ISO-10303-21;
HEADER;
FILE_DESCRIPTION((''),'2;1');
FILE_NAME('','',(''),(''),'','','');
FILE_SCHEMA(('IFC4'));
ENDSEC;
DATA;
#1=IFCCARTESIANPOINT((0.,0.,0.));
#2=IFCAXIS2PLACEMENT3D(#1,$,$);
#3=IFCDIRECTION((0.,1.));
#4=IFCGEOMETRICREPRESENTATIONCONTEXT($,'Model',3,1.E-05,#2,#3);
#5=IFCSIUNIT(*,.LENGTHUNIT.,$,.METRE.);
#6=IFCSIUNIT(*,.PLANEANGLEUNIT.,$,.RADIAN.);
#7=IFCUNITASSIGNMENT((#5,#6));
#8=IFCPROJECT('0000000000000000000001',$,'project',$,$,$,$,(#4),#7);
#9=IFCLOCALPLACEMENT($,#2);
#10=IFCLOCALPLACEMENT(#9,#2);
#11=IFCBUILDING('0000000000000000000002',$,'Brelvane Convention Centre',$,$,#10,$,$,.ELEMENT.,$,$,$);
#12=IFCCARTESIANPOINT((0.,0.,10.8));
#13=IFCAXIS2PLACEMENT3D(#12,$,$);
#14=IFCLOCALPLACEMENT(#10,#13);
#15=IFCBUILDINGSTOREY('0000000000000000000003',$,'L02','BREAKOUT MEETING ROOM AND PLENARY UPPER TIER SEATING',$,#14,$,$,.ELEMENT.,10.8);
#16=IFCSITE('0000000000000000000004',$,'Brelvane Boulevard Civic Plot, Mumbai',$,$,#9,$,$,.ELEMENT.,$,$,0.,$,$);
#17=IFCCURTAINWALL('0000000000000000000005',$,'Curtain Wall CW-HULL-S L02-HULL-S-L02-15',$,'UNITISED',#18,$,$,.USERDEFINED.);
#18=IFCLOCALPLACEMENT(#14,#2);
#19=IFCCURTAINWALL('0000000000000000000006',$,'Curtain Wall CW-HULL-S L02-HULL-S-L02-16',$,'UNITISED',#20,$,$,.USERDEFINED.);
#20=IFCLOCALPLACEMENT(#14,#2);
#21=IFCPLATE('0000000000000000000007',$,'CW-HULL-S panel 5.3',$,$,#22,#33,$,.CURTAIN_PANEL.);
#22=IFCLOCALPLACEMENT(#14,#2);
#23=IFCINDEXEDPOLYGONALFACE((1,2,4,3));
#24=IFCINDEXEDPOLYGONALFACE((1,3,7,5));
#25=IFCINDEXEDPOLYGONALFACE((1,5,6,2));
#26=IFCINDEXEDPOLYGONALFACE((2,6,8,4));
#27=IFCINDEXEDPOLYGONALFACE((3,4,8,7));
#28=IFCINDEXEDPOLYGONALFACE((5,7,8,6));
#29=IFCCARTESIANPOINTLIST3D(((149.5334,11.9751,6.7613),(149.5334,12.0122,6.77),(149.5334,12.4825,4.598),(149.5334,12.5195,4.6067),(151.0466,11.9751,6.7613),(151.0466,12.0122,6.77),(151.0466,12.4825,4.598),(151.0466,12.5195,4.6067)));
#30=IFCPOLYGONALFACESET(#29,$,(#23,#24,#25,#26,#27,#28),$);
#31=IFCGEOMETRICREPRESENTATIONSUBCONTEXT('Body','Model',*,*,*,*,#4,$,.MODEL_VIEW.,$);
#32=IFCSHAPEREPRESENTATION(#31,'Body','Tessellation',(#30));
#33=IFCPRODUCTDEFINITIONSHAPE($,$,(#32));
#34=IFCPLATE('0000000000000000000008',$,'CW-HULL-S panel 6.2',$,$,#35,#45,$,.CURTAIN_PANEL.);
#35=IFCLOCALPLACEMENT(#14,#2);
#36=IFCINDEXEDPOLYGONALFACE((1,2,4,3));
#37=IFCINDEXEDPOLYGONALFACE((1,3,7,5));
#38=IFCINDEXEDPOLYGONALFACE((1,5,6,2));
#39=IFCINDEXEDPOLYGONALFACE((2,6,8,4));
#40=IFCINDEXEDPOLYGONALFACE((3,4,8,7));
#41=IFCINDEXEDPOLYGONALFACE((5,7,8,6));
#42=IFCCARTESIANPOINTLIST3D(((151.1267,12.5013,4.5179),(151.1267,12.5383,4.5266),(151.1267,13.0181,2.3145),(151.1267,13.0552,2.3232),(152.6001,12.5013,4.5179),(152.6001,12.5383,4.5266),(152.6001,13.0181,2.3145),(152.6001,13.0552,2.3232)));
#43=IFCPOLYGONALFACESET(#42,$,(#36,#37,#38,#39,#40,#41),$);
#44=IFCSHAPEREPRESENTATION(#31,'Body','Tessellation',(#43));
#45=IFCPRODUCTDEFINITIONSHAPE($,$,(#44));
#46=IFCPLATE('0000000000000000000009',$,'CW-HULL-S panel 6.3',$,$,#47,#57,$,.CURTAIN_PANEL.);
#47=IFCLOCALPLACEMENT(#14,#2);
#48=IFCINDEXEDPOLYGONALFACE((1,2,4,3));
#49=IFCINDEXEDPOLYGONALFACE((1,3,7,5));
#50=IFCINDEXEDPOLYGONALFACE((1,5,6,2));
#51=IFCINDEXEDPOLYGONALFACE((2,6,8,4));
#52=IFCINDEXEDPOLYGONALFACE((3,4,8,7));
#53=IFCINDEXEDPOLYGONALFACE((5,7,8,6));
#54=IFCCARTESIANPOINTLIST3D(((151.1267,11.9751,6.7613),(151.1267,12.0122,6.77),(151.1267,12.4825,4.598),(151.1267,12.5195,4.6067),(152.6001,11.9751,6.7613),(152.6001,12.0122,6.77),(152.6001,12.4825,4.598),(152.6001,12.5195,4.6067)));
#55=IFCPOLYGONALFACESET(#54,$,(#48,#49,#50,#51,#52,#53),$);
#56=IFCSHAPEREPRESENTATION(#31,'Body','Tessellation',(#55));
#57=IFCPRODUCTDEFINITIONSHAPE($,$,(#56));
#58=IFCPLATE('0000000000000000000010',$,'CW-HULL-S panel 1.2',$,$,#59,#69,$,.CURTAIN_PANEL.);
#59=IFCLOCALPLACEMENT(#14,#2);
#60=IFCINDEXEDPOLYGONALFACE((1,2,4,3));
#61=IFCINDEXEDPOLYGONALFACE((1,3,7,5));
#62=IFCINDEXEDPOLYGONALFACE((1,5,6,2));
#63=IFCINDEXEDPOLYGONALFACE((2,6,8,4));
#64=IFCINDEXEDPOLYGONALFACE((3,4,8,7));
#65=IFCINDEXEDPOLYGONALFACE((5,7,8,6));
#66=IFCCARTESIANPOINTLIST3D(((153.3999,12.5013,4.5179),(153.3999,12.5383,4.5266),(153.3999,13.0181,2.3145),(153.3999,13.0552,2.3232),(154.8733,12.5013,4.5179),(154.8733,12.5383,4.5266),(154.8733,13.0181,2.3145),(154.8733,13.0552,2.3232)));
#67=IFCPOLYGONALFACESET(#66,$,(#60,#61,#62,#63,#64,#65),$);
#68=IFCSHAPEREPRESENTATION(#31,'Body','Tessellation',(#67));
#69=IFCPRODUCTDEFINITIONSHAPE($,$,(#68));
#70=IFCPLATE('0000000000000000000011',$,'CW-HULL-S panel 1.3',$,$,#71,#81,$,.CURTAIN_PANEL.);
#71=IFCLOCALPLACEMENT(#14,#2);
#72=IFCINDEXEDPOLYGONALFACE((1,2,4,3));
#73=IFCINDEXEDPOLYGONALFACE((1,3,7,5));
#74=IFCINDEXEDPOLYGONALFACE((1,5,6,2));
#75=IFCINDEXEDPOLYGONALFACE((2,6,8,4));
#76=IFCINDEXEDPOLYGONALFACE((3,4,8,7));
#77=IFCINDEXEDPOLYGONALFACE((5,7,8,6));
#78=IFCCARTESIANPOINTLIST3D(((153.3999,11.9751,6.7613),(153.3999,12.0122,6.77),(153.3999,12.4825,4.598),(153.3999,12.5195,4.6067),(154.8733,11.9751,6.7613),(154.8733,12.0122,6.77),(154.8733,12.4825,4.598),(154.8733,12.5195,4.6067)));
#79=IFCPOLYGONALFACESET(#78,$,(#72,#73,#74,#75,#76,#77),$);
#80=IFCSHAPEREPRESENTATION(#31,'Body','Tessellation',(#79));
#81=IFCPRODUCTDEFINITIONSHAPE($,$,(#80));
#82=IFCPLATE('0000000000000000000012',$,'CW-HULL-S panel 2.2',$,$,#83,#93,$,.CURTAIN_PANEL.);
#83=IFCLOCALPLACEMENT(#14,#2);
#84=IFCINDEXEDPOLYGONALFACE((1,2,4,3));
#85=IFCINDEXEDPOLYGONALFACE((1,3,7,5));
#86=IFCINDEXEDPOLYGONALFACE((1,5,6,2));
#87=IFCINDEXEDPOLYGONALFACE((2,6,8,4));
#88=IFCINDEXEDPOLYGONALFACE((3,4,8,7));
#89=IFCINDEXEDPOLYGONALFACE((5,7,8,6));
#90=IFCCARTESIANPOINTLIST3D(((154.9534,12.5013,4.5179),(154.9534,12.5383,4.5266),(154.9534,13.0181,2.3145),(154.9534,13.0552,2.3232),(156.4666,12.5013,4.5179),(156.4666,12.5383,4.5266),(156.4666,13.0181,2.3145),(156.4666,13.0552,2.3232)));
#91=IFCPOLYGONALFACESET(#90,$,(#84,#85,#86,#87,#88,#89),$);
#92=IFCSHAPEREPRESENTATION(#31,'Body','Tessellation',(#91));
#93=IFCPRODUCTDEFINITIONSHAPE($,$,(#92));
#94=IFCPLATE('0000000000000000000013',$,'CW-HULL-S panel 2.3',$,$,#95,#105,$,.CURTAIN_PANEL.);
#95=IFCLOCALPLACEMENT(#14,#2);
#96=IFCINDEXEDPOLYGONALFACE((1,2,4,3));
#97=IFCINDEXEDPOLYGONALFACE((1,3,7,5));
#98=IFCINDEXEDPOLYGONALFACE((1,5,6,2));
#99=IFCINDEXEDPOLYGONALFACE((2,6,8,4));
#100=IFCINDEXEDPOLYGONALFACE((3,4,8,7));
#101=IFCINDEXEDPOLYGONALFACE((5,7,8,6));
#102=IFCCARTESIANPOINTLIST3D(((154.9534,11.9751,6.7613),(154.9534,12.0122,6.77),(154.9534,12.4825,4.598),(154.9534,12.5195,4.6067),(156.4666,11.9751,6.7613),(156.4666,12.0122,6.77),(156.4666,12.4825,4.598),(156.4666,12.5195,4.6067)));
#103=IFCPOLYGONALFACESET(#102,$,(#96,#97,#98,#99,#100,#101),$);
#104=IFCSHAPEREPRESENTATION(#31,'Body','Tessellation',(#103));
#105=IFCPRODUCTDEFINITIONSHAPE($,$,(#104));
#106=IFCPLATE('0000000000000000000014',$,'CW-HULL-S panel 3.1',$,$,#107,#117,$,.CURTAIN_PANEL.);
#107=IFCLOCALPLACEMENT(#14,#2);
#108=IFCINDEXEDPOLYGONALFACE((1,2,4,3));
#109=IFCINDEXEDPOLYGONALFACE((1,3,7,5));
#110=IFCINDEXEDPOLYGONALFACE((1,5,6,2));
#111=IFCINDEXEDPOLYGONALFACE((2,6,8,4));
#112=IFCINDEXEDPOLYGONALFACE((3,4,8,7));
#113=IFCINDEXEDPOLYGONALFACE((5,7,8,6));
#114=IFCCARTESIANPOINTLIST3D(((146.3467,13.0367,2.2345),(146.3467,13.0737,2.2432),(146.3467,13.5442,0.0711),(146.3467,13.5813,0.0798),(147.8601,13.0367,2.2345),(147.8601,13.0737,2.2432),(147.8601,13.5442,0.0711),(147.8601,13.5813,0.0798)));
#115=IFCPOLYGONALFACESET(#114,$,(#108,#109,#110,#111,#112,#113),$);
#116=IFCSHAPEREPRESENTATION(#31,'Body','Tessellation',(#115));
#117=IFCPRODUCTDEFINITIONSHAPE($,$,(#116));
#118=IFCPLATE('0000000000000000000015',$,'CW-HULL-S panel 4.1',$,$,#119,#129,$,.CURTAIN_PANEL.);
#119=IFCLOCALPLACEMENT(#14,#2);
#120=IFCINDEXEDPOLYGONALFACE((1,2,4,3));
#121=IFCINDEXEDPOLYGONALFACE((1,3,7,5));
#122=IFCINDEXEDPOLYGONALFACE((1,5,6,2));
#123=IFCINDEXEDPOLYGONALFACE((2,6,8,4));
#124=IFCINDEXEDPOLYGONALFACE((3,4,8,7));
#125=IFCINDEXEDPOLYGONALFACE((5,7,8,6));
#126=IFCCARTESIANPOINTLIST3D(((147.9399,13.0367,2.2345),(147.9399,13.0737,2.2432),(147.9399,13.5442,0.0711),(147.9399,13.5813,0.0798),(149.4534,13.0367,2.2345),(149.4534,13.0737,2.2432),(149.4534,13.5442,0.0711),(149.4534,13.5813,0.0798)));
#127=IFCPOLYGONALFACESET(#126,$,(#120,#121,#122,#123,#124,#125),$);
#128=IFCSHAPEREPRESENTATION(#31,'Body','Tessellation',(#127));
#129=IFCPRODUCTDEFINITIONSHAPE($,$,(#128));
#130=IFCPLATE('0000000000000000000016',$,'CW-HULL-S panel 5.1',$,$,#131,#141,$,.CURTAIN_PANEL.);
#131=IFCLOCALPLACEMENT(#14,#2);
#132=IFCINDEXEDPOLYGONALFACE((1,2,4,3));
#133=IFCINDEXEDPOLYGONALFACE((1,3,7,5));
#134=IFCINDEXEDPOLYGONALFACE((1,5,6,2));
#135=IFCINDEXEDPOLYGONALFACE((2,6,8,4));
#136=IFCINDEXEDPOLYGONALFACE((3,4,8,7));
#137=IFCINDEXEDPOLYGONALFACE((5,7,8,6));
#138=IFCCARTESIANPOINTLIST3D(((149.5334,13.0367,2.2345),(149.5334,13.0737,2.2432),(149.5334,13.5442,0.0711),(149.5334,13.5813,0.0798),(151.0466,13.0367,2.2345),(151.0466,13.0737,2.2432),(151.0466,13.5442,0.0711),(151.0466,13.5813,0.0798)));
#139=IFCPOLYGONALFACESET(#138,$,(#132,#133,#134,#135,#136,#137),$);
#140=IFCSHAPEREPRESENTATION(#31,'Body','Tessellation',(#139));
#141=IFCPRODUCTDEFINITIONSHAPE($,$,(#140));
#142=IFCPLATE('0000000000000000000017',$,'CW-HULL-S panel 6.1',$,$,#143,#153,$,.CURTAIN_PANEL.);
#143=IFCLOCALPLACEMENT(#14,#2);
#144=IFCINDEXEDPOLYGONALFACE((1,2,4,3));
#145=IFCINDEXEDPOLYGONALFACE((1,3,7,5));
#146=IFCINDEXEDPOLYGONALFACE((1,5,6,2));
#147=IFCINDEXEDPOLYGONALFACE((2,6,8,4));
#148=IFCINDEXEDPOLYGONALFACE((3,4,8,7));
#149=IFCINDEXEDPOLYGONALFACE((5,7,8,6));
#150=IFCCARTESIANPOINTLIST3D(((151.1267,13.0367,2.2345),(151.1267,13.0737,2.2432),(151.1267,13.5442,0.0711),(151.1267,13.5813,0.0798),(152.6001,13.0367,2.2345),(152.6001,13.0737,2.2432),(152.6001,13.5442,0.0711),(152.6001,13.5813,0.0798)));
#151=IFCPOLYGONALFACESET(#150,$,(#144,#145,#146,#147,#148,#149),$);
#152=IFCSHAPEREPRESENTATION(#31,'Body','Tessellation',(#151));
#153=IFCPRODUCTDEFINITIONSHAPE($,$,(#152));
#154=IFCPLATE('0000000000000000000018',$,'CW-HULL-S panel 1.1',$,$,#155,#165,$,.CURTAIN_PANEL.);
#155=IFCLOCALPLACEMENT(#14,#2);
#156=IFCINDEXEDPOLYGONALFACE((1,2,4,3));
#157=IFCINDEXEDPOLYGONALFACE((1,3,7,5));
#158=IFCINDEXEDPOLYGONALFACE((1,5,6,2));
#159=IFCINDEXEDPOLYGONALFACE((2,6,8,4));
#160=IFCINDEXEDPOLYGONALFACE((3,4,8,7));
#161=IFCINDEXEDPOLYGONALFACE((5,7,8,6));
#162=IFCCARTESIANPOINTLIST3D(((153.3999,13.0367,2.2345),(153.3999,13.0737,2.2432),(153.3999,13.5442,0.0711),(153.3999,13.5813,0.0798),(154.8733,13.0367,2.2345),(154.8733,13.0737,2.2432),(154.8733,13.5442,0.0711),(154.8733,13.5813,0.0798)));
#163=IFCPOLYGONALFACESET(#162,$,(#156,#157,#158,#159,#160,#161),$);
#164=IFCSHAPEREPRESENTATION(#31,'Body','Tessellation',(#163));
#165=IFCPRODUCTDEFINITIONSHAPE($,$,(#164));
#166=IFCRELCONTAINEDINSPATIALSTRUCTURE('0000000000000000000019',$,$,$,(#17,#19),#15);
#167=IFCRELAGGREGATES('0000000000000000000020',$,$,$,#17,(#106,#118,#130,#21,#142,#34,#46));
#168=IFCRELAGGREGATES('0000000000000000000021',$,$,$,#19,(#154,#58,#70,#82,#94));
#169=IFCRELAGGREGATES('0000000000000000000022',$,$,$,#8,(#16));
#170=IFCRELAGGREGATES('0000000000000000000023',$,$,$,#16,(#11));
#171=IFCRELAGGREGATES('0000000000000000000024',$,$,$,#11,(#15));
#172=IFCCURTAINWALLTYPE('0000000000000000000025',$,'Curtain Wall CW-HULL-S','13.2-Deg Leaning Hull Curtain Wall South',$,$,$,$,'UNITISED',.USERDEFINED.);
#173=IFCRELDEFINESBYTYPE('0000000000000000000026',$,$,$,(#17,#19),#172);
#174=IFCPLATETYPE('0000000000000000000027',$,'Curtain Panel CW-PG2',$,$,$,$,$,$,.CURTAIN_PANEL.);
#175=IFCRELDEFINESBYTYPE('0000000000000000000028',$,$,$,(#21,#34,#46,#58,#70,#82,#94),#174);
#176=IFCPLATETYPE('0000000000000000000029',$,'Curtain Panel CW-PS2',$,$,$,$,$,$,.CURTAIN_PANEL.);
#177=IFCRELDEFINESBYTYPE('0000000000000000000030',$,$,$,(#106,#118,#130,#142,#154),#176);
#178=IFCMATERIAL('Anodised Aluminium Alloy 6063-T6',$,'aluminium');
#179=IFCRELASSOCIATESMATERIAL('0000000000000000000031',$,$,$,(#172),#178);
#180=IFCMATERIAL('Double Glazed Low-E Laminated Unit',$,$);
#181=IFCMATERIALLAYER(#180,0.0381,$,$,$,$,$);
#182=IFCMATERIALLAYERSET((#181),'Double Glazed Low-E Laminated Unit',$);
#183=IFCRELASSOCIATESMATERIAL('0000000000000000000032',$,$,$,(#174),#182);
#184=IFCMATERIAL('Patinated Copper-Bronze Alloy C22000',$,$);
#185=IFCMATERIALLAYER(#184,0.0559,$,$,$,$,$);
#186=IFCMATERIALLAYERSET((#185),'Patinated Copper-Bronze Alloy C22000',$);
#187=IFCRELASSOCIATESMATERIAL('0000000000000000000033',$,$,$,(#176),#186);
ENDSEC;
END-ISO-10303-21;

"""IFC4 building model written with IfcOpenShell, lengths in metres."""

from ifc_helpers import new_model, si_unit, direction, frame, origin, place, context, subcontext, project, spatial, polyline, outline, extrude, material, layer, layer_set, type_object, element, aggregate, save


model = new_model("IFC4")

# Units and contexts
model_context = context("Model", 3, precision=1e-05, world=origin(), true_north=direction((0.0, 1.0)))
body_context = subcontext(model_context, "Body", "Model", "MODEL_VIEW")
ifc_project = project(units=[si_unit("LENGTHUNIT", "METRE"), si_unit("PLANEANGLEUNIT", "RADIAN")], contexts=[model_context])

# Site, building, storey
site_placement = place(None, origin())
site = spatial("IfcSite", under=ifc_project, at=site_placement, Name="Brelvane Boulevard Civic Plot, Mumbai", CompositionType="ELEMENT", RefElevation=0.0)
building_placement = place(site_placement, origin())
building = spatial("IfcBuilding", under=site, at=building_placement, Name="Brelvane Convention Centre", CompositionType="ELEMENT")
storey_placement = place(building_placement, frame((0.0, 0.0, 10.8)))
storey = spatial("IfcBuildingStorey", under=building, at=storey_placement, Name="L02", Description="BREAKOUT MEETING ROOM AND PLENARY UPPER TIER SEATING", CompositionType="ELEMENT", Elevation=10.8)

# Curtain walls
ifc_material_1 = material(Name="Anodised Aluminium Alloy 6063-T6", Category="aluminium")
curtain_wall_type = type_object("IfcCurtainWallType", Name="Curtain Wall CW-HULL-S", Description="13.2-Deg Leaning Hull Curtain Wall South", ElementType="UNITISED", PredefinedType="USERDEFINED", material=ifc_material_1)
curtain_wall_1_placement = place(storey_placement, origin())
curtain_wall_1 = element("IfcCurtainWall", 1, at=curtain_wall_1_placement, inside=storey, type_object=curtain_wall_type, Name="Curtain Wall CW-HULL-S L02-HULL-S-L02-15", ObjectType="UNITISED", PredefinedType="USERDEFINED")
curtain_wall_2_placement = place(storey_placement, origin())
curtain_wall_2 = element("IfcCurtainWall", 2, at=curtain_wall_2_placement, inside=storey, type_object=curtain_wall_type, Name="Curtain Wall CW-HULL-S L02-HULL-S-L02-16", ObjectType="UNITISED", PredefinedType="USERDEFINED")

# Plates
ifc_material_2 = material(Name="Double Glazed Low-E Laminated Unit")
ifc_layer_1 = layer(ifc_material_2, 0.0381)
ifc_layer_set_1 = layer_set([ifc_layer_1], Name="Double Glazed Low-E Laminated Unit")
plate_type_1 = type_object("IfcPlateType", Name="Curtain Panel CW-PG2", PredefinedType="CURTAIN_PANEL", material=ifc_layer_set_1)
plate_1_placement = place(storey_placement, frame((149.5334, 12.5195, 4.6067), z_axis=(0.0, 0.973587, 0.228317), x_axis=(1.0, 0.0, 0.0)))
plate_1 = element("IfcPlate", 3, at=plate_1_placement, type_object=plate_type_1, Name="CW-HULL-S panel 5.3", PredefinedType="CURTAIN_PANEL", context=body_context, shape_type="SweptSolid", body=[
    extrude(outline(polyline([(0.0, 0.0), (1.5132, 0.0), (1.5132, -2.222), (0.0, -2.222), (0.0, 0.0)])), origin(), (0.0, 0.0, -1.0), 0.0381),
])
plate_2_placement = place(storey_placement, frame((151.1267, 13.0552, 2.3232), z_axis=(0.0, 0.973574, 0.228372), x_axis=(1.0, 0.0, 0.0)))
plate_2 = element("IfcPlate", 4, at=plate_2_placement, type_object=plate_type_1, Name="CW-HULL-S panel 6.2", PredefinedType="CURTAIN_PANEL", context=body_context, shape_type="SweptSolid", body=[
    extrude(outline(polyline([(0.0, 0.0), (1.4734, 0.0), (1.4734, -2.2632), (0.0, -2.2632), (0.0, 0.0)])), origin(), (0.0, 0.0, -1.0), 0.0381),
])
plate_3_placement = place(storey_placement, frame((151.1267, 12.5195, 4.6067), z_axis=(0.0, 0.973587, 0.228317), x_axis=(1.0, 0.0, 0.0)))
plate_3 = element("IfcPlate", 5, at=plate_3_placement, type_object=plate_type_1, Name="CW-HULL-S panel 6.3", PredefinedType="CURTAIN_PANEL", context=body_context, shape_type="SweptSolid", body=[
    extrude(outline(polyline([(0.0, 0.0), (1.4734, 0.0), (1.4734, -2.222), (0.0, -2.222), (0.0, 0.0)])), origin(), (0.0, 0.0, -1.0), 0.0381),
])
plate_4_placement = place(storey_placement, frame((153.3999, 13.0552, 2.3232), z_axis=(0.0, 0.973574, 0.228372), x_axis=(1.0, 0.0, 0.0)))
plate_4 = element("IfcPlate", 6, at=plate_4_placement, type_object=plate_type_1, Name="CW-HULL-S panel 1.2", PredefinedType="CURTAIN_PANEL", context=body_context, shape_type="SweptSolid", body=[
    extrude(outline(polyline([(0.0, 0.0), (1.4734, 0.0), (1.4734, -2.2632), (0.0, -2.2632), (0.0, 0.0)])), origin(), (0.0, 0.0, -1.0), 0.0381),
])
plate_5_placement = place(storey_placement, frame((153.3999, 12.5195, 4.6067), z_axis=(0.0, 0.973587, 0.228317), x_axis=(1.0, 0.0, 0.0)))
plate_5 = element("IfcPlate", 7, at=plate_5_placement, type_object=plate_type_1, Name="CW-HULL-S panel 1.3", PredefinedType="CURTAIN_PANEL", context=body_context, shape_type="SweptSolid", body=[
    extrude(outline(polyline([(0.0, 0.0), (1.4734, 0.0), (1.4734, -2.222), (0.0, -2.222), (0.0, 0.0)])), origin(), (0.0, 0.0, -1.0), 0.0381),
])
plate_6_placement = place(storey_placement, frame((154.9534, 13.0552, 2.3232), z_axis=(0.0, 0.973574, 0.228372), x_axis=(1.0, 0.0, 0.0)))
plate_6 = element("IfcPlate", 8, at=plate_6_placement, type_object=plate_type_1, Name="CW-HULL-S panel 2.2", PredefinedType="CURTAIN_PANEL", context=body_context, shape_type="SweptSolid", body=[
    extrude(outline(polyline([(0.0, 0.0), (1.5132, 0.0), (1.5132, -2.2632), (0.0, -2.2632), (0.0, 0.0)])), origin(), (0.0, 0.0, -1.0), 0.0381),
])
plate_7_placement = place(storey_placement, frame((154.9534, 12.5195, 4.6067), z_axis=(0.0, 0.973587, 0.228317), x_axis=(1.0, 0.0, 0.0)))
plate_7 = element("IfcPlate", 9, at=plate_7_placement, type_object=plate_type_1, Name="CW-HULL-S panel 2.3", PredefinedType="CURTAIN_PANEL", context=body_context, shape_type="SweptSolid", body=[
    extrude(outline(polyline([(0.0, 0.0), (1.5132, 0.0), (1.5132, -2.222), (0.0, -2.222), (0.0, 0.0)])), origin(), (0.0, 0.0, -1.0), 0.0381),
])
ifc_material_3 = material(Name="Patinated Copper-Bronze Alloy C22000")
ifc_layer_2 = layer(ifc_material_3, 0.0559)
ifc_layer_set_2 = layer_set([ifc_layer_2], Name="Patinated Copper-Bronze Alloy C22000")
plate_type_2 = type_object("IfcPlateType", Name="Curtain Panel CW-PS2", PredefinedType="CURTAIN_PANEL", material=ifc_layer_set_2)
plate_8_placement = place(storey_placement, frame((146.3467, 13.5813, 0.0798), z_axis=(0.0, 0.973563, 0.228421), x_axis=(1.0, 0.0, 0.0)))
plate_8 = element("IfcPlate", 10, at=plate_8_placement, type_object=plate_type_2, Name="CW-HULL-S panel 3.1", PredefinedType="CURTAIN_PANEL", context=body_context, shape_type="SweptSolid", body=[
    extrude(outline(polyline([(0.0, 0.0), (1.5134, 0.0), (1.5134, -2.2221), (0.0, -2.2221), (0.0, 0.0)])), origin(), (0.0, 0.0, -1.0), 0.0381),
])
plate_9_placement = place(storey_placement, frame((147.9399, 13.5813, 0.0798), z_axis=(0.0, 0.973563, 0.228421), x_axis=(1.0, 0.0, 0.0)))
plate_9 = element("IfcPlate", 11, at=plate_9_placement, type_object=plate_type_2, Name="CW-HULL-S panel 4.1", PredefinedType="CURTAIN_PANEL", context=body_context, shape_type="SweptSolid", body=[
    extrude(outline(polyline([(0.0, 0.0), (1.5134, 0.0), (1.5134, -2.2221), (0.0, -2.2221), (0.0, 0.0)])), origin(), (0.0, 0.0, -1.0), 0.0381),
])
plate_10_placement = place(storey_placement, frame((149.5334, 13.5813, 0.0798), z_axis=(0.0, 0.973563, 0.228421), x_axis=(1.0, 0.0, 0.0)))
plate_10 = element("IfcPlate", 12, at=plate_10_placement, type_object=plate_type_2, Name="CW-HULL-S panel 5.1", PredefinedType="CURTAIN_PANEL", context=body_context, shape_type="SweptSolid", body=[
    extrude(outline(polyline([(0.0, 0.0), (1.5132, 0.0), (1.5132, -2.2221), (0.0, -2.2221), (0.0, 0.0)])), origin(), (0.0, 0.0, -1.0), 0.0381),
])
plate_11_placement = place(storey_placement, frame((151.1267, 13.5813, 0.0798), z_axis=(0.0, 0.973563, 0.228421), x_axis=(1.0, 0.0, 0.0)))
plate_11 = element("IfcPlate", 13, at=plate_11_placement, type_object=plate_type_2, Name="CW-HULL-S panel 6.1", PredefinedType="CURTAIN_PANEL", context=body_context, shape_type="SweptSolid", body=[
    extrude(outline(polyline([(0.0, 0.0), (1.4734, 0.0), (1.4734, -2.2221), (0.0, -2.2221), (0.0, 0.0)])), origin(), (0.0, 0.0, -1.0), 0.0381),
])
aggregate(curtain_wall_1, [plate_8, plate_9, plate_10, plate_1, plate_11, plate_2, plate_3])
plate_12_placement = place(storey_placement, frame((153.3999, 13.5813, 0.0798), z_axis=(0.0, 0.973563, 0.228421), x_axis=(1.0, 0.0, 0.0)))
plate_12 = element("IfcPlate", 14, at=plate_12_placement, type_object=plate_type_2, Name="CW-HULL-S panel 1.1", PredefinedType="CURTAIN_PANEL", context=body_context, shape_type="SweptSolid", body=[
    extrude(outline(polyline([(0.0, 0.0), (1.4734, 0.0), (1.4734, -2.2221), (0.0, -2.2221), (0.0, 0.0)])), origin(), (0.0, 0.0, -1.0), 0.0381),
])
aggregate(curtain_wall_2, [plate_12, plate_4, plate_5, plate_6, plate_7])

save(model, "model.ifc")
